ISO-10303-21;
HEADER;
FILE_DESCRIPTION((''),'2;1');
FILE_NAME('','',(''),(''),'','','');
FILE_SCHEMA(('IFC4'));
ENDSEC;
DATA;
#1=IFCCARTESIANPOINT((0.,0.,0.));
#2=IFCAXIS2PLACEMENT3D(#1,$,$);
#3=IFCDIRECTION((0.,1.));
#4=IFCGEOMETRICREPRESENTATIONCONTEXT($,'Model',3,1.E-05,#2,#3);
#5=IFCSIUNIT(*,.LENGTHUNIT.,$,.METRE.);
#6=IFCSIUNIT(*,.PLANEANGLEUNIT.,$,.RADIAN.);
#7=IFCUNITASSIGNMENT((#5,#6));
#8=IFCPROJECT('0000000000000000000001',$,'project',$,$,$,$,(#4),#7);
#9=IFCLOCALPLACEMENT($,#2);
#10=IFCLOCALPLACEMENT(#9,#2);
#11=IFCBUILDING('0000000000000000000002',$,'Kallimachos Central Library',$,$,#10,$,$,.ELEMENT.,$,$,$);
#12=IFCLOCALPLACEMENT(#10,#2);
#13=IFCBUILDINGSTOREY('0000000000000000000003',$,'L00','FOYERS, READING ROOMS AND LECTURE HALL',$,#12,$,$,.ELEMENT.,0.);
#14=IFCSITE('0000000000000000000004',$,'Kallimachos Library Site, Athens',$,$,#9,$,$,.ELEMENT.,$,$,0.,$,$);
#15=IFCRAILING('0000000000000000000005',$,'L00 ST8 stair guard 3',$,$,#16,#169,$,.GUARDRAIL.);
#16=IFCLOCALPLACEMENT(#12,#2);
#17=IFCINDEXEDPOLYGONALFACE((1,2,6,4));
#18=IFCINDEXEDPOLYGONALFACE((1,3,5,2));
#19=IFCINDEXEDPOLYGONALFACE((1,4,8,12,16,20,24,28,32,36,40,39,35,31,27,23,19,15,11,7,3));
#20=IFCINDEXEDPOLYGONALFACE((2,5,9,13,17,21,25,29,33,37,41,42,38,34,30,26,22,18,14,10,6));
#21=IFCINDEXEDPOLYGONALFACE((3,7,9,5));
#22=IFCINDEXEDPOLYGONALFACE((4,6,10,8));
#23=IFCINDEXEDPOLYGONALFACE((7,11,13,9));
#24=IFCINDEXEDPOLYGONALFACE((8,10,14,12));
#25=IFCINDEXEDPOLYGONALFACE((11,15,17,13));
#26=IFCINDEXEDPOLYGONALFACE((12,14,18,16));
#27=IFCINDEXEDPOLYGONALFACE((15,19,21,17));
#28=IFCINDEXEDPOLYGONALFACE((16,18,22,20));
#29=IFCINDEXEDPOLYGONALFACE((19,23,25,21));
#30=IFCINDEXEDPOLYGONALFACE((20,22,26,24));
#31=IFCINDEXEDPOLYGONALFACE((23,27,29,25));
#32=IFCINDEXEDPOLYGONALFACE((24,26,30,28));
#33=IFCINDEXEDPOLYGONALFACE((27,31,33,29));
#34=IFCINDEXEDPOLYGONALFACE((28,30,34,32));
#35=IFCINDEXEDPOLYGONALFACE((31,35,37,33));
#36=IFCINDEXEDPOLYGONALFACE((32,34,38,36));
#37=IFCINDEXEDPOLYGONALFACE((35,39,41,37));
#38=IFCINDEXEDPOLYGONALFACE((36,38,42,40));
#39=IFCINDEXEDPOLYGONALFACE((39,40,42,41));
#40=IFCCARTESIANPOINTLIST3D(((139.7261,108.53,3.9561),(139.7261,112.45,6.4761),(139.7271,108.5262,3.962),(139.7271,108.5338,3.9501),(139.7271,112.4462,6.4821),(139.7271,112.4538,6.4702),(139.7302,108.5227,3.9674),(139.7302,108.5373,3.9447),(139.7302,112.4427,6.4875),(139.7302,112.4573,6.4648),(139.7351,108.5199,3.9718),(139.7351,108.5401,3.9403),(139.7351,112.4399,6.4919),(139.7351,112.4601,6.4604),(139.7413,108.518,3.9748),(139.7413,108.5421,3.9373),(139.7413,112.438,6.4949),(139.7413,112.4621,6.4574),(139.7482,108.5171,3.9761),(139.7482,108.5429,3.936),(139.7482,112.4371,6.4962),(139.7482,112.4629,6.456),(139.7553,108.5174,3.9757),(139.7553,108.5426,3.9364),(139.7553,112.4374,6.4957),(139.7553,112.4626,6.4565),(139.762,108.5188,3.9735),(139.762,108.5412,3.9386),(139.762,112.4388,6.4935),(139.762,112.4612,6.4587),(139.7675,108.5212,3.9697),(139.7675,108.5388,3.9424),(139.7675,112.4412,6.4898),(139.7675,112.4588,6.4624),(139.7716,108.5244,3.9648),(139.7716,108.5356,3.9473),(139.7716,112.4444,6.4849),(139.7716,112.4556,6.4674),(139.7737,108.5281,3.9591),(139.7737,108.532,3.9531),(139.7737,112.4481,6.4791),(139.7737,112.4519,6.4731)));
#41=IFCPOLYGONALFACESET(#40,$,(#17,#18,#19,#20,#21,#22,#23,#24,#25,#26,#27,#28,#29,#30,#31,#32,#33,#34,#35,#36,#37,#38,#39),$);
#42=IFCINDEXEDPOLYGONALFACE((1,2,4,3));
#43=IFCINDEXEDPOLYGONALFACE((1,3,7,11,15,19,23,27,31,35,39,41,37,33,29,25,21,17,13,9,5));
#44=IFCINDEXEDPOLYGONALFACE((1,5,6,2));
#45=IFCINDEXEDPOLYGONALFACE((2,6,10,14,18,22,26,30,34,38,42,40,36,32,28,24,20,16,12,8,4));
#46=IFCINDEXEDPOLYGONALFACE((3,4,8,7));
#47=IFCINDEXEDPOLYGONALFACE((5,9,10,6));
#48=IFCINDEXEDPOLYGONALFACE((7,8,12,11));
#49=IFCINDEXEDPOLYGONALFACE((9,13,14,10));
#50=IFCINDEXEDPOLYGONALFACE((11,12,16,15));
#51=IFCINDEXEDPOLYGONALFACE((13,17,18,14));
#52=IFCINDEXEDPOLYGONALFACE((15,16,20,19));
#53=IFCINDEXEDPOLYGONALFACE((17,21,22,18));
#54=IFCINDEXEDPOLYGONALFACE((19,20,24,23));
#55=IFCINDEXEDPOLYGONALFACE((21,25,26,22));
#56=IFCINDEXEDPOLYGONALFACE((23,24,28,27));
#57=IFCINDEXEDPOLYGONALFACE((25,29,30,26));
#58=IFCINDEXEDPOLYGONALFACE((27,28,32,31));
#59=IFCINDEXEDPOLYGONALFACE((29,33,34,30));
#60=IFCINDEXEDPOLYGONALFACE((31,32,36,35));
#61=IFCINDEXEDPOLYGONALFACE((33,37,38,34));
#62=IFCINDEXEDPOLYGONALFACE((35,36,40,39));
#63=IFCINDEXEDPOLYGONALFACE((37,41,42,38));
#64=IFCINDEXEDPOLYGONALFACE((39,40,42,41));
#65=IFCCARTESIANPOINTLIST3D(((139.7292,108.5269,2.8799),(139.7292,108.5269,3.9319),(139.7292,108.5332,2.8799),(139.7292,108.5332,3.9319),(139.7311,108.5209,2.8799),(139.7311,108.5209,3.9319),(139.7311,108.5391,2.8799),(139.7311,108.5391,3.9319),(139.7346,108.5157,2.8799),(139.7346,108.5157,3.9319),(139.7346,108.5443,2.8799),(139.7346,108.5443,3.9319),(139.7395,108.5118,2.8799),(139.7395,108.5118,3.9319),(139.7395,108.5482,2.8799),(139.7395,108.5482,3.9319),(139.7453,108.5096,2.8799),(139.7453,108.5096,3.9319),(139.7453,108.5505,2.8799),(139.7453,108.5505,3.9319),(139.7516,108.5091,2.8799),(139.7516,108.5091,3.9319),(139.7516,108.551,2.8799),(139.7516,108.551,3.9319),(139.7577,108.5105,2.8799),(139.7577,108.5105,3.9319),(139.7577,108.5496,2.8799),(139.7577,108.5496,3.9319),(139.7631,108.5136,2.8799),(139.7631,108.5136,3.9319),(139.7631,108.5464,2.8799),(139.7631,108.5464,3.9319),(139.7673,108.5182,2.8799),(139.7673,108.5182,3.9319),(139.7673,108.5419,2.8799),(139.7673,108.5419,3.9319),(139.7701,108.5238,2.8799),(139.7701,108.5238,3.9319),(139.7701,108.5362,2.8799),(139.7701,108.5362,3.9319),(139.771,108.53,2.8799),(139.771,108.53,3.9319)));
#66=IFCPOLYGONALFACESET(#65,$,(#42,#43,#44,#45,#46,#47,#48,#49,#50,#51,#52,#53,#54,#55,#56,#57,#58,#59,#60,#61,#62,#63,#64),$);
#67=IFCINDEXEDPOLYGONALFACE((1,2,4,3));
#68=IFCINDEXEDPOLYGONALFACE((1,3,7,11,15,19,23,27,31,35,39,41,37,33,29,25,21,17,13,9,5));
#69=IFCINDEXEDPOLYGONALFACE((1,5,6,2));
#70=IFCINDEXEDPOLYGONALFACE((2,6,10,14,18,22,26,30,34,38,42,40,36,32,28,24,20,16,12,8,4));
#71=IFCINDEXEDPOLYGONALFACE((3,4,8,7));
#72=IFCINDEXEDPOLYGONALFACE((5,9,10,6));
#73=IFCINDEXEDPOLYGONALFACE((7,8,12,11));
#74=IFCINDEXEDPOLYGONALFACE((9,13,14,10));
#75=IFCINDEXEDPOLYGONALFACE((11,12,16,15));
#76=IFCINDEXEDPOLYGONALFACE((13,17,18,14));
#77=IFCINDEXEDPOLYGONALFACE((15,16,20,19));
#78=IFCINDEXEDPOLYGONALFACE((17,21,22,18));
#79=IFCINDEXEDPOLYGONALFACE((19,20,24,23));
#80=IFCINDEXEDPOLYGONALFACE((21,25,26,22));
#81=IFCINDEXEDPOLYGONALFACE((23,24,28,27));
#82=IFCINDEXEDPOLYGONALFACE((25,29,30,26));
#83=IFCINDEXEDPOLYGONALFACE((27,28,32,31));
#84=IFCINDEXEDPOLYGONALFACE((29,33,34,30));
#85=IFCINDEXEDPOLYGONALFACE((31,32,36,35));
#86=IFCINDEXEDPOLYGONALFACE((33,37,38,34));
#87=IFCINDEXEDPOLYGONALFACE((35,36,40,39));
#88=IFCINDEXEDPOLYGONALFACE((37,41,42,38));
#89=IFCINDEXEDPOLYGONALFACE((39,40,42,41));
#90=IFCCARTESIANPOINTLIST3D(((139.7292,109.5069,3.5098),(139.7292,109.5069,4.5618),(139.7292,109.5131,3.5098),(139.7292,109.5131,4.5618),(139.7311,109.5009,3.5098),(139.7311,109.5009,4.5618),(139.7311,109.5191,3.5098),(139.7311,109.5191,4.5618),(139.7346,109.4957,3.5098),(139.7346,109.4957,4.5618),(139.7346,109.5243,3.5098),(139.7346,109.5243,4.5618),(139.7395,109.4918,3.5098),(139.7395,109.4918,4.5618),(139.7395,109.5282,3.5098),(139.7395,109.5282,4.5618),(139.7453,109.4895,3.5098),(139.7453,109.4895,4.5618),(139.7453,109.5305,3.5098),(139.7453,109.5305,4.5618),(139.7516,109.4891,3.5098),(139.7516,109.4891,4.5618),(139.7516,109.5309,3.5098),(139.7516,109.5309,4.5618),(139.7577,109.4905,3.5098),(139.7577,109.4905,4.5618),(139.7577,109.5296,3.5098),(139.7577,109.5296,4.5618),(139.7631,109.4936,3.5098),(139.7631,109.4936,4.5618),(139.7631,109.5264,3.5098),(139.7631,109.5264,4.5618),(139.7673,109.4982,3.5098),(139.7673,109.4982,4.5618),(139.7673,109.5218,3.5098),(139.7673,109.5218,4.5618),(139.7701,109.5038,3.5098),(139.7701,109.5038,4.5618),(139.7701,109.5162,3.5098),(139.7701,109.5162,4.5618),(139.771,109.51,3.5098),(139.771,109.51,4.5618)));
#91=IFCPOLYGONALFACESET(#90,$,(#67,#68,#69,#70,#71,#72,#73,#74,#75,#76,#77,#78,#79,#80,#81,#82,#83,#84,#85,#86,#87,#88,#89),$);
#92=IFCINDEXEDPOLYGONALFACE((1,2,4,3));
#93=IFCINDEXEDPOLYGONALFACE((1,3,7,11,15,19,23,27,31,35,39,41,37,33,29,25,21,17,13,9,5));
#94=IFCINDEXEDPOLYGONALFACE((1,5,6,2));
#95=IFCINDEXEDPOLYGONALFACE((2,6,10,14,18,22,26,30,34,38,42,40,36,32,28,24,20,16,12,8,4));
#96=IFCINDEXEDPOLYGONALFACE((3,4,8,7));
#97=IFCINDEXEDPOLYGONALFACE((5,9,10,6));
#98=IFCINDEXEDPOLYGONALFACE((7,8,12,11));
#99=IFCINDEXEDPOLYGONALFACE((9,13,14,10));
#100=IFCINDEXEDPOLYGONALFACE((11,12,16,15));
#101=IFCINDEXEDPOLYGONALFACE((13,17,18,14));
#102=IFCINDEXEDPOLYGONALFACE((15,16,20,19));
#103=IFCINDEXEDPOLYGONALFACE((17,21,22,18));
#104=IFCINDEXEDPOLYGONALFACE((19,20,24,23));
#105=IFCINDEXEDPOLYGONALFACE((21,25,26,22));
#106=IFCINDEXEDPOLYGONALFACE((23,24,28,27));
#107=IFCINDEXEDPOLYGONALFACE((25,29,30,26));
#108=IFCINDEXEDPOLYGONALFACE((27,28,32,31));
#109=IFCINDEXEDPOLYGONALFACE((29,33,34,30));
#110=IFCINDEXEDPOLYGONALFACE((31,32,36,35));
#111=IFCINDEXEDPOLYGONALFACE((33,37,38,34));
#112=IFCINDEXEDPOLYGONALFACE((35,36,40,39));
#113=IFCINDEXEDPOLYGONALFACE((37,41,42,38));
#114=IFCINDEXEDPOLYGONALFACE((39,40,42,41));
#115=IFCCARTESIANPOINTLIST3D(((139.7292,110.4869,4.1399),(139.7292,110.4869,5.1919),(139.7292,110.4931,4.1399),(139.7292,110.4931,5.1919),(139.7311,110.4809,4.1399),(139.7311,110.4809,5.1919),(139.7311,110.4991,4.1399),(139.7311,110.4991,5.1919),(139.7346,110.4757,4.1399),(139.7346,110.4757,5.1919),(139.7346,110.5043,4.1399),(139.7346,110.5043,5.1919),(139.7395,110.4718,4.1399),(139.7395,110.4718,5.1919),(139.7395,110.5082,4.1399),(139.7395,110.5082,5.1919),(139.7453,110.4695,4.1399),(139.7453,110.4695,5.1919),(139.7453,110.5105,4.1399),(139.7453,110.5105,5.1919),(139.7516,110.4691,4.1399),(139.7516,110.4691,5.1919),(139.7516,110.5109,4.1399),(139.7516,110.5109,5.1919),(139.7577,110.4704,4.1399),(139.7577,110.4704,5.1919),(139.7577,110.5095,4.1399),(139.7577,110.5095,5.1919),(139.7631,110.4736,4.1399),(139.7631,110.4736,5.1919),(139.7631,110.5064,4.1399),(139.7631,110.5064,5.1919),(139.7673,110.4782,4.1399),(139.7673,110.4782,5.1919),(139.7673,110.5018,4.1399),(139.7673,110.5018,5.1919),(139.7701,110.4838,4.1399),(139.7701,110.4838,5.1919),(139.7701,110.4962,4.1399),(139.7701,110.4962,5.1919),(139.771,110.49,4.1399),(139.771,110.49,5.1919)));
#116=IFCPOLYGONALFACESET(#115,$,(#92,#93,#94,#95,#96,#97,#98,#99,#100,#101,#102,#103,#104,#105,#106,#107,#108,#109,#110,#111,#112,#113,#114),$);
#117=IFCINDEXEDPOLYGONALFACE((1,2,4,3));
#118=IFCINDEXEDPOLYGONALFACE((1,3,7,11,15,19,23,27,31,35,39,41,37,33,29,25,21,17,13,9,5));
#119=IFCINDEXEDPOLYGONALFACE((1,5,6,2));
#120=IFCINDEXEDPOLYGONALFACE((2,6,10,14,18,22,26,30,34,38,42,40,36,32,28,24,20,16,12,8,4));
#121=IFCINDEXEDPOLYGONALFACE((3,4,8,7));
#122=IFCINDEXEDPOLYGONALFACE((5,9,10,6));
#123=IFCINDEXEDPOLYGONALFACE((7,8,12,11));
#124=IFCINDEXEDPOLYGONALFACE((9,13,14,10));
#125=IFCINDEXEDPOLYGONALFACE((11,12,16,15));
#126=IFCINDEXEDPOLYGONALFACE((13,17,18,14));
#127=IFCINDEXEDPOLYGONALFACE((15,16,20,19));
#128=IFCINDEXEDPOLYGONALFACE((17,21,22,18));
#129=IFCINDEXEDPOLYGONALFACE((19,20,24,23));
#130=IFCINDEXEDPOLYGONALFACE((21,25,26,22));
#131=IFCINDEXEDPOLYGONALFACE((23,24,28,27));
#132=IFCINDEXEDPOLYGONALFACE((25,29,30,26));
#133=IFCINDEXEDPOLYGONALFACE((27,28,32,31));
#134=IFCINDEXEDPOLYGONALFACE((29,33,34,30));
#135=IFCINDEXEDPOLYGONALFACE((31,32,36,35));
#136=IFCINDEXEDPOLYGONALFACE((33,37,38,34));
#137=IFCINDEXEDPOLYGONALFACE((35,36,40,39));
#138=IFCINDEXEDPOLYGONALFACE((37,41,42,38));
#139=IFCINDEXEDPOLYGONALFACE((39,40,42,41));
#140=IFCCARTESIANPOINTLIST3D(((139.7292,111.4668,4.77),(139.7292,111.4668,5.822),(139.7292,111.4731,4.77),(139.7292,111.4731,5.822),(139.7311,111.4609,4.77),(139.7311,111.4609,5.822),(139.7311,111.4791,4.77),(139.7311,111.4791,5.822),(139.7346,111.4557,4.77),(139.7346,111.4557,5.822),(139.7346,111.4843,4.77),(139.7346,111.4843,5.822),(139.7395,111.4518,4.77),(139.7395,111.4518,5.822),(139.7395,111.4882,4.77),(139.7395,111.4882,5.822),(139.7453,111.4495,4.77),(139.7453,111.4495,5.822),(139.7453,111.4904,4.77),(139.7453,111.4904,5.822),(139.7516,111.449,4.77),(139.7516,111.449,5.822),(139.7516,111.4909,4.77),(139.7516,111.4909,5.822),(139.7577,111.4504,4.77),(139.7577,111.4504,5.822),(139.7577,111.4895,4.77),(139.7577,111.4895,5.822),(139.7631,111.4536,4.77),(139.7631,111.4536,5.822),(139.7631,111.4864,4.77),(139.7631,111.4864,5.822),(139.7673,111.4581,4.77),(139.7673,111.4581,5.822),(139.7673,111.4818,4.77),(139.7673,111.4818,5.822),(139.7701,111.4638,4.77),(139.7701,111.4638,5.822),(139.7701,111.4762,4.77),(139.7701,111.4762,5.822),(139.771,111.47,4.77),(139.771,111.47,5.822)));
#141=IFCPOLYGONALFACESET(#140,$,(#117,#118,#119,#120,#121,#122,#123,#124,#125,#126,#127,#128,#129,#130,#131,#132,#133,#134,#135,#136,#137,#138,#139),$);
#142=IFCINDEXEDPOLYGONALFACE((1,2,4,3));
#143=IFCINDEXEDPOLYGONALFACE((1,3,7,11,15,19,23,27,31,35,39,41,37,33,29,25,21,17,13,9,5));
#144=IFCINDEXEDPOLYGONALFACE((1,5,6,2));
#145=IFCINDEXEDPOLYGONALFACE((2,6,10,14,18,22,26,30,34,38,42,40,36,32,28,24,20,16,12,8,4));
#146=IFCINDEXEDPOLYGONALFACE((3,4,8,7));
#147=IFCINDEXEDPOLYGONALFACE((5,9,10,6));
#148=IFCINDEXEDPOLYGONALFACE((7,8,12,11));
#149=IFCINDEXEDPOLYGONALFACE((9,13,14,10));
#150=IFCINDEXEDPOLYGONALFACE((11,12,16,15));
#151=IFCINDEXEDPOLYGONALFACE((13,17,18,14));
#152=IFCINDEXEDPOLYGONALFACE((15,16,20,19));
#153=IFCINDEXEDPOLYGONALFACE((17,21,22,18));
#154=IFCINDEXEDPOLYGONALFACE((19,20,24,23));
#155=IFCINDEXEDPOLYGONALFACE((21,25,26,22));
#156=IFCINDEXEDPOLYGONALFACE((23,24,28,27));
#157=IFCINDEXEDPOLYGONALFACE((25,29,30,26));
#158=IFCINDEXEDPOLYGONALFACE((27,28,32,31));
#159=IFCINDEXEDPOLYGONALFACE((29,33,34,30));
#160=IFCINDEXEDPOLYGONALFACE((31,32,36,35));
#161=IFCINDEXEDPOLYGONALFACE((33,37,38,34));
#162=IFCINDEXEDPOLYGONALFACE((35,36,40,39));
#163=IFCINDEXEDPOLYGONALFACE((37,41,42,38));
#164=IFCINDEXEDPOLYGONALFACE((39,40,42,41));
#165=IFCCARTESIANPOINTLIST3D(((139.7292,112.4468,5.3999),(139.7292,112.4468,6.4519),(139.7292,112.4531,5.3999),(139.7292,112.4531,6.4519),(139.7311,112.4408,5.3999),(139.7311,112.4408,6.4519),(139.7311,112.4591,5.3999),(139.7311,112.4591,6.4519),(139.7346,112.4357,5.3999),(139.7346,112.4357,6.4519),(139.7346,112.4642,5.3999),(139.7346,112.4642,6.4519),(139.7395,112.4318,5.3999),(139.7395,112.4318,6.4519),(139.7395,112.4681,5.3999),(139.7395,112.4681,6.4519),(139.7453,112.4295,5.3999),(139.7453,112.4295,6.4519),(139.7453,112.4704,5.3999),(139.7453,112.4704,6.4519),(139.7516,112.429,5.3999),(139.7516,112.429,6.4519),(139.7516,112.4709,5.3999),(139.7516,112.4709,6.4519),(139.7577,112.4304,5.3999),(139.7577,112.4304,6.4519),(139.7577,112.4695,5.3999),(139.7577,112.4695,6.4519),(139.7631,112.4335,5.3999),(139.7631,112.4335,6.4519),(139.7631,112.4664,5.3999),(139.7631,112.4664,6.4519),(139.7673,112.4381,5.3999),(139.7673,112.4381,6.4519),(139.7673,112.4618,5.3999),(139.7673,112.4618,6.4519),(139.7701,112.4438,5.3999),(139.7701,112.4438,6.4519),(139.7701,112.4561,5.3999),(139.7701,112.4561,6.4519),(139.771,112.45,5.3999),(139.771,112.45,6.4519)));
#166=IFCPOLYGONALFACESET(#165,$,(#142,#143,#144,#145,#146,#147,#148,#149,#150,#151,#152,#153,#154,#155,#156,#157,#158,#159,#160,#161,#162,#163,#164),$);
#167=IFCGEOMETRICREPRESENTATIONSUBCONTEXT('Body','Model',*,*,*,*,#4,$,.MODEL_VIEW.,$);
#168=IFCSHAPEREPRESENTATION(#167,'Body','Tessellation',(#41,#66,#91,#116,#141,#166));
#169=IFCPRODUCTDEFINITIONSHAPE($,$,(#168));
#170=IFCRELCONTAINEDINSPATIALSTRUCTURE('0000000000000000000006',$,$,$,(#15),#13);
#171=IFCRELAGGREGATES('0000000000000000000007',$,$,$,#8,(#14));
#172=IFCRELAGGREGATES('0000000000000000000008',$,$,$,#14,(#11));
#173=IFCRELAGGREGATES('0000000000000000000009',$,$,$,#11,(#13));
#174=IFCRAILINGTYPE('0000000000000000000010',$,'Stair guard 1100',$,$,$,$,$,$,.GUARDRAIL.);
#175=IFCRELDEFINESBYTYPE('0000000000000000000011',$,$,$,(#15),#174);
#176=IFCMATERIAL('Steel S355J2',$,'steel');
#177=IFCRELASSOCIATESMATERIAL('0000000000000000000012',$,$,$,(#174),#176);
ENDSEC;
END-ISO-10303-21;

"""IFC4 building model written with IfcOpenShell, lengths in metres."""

from ifc_helpers import new_model, si_unit, direction, frame, origin, origin_2d, place, context, subcontext, project, spatial, circle, extrude, material, type_object, element, save


model = new_model("IFC4")

# Units and contexts
model_context = context("Model", 3, precision=1e-05, world=origin(), true_north=direction((0.0, 1.0)))
body_context = subcontext(model_context, "Body", "Model", "MODEL_VIEW")
ifc_project = project(units=[si_unit("LENGTHUNIT", "METRE"), si_unit("PLANEANGLEUNIT", "RADIAN")], contexts=[model_context])

# Site, building, storey
site_placement = place(None, origin())
site = spatial("IfcSite", under=ifc_project, at=site_placement, Name="Kallimachos Library Site, Athens", CompositionType="ELEMENT", RefElevation=0.0)
building_placement = place(site_placement, origin())
building = spatial("IfcBuilding", under=site, at=building_placement, Name="Kallimachos Central Library", CompositionType="ELEMENT")
storey_placement = place(building_placement, origin())
storey = spatial("IfcBuildingStorey", under=building, at=storey_placement, Name="L00", Description="FOYERS, READING ROOMS AND LECTURE HALL", CompositionType="ELEMENT", Elevation=0.0)

# Railing
ifc_material_1 = material(Name="Steel S355J2", Category="steel")
railing_type_1 = type_object("IfcRailingType", Name="Stair guard 1100", PredefinedType="GUARDRAIL", material=ifc_material_1)
railing_1_placement = place(storey_placement, frame((139.75, 108.53, 2.8799)))
element("IfcRailing", 1, at=railing_1_placement, inside=storey, type_object=railing_type_1, Name="L00 ST8 stair guard 3", PredefinedType="GUARDRAIL", context=body_context, shape_type="SweptSolid", body=[
    extrude(circle(Radius=0.0239, at=origin_2d()), frame((0.0, 0.0, 1.0762), z_axis=(0.0, 0.841172, 0.540768), x_axis=(-1.0, 0.0, 0.0)), (0.0, 0.0, 1.0), 4.6602),
    extrude(circle(Radius=0.021, at=origin_2d()), origin(), (0.0, 0.0, 1.0), 1.052),
    extrude(circle(Radius=0.021, at=origin_2d()), frame((0.0, 0.98, 0.6299)), (0.0, 0.0, 1.0), 1.052),
    extrude(circle(Radius=0.021, at=origin_2d()), frame((0.0, 1.96, 1.26)), (0.0, 0.0, 1.0), 1.052),
    extrude(circle(Radius=0.021, at=origin_2d()), frame((0.0, 2.9399, 1.8901)), (0.0, 0.0, 1.0), 1.052),
    extrude(circle(Radius=0.021, at=origin_2d()), frame((0.0, 3.9199, 2.52)), (0.0, 0.0, 1.0), 1.052),
])

save(model, "model.ifc")
